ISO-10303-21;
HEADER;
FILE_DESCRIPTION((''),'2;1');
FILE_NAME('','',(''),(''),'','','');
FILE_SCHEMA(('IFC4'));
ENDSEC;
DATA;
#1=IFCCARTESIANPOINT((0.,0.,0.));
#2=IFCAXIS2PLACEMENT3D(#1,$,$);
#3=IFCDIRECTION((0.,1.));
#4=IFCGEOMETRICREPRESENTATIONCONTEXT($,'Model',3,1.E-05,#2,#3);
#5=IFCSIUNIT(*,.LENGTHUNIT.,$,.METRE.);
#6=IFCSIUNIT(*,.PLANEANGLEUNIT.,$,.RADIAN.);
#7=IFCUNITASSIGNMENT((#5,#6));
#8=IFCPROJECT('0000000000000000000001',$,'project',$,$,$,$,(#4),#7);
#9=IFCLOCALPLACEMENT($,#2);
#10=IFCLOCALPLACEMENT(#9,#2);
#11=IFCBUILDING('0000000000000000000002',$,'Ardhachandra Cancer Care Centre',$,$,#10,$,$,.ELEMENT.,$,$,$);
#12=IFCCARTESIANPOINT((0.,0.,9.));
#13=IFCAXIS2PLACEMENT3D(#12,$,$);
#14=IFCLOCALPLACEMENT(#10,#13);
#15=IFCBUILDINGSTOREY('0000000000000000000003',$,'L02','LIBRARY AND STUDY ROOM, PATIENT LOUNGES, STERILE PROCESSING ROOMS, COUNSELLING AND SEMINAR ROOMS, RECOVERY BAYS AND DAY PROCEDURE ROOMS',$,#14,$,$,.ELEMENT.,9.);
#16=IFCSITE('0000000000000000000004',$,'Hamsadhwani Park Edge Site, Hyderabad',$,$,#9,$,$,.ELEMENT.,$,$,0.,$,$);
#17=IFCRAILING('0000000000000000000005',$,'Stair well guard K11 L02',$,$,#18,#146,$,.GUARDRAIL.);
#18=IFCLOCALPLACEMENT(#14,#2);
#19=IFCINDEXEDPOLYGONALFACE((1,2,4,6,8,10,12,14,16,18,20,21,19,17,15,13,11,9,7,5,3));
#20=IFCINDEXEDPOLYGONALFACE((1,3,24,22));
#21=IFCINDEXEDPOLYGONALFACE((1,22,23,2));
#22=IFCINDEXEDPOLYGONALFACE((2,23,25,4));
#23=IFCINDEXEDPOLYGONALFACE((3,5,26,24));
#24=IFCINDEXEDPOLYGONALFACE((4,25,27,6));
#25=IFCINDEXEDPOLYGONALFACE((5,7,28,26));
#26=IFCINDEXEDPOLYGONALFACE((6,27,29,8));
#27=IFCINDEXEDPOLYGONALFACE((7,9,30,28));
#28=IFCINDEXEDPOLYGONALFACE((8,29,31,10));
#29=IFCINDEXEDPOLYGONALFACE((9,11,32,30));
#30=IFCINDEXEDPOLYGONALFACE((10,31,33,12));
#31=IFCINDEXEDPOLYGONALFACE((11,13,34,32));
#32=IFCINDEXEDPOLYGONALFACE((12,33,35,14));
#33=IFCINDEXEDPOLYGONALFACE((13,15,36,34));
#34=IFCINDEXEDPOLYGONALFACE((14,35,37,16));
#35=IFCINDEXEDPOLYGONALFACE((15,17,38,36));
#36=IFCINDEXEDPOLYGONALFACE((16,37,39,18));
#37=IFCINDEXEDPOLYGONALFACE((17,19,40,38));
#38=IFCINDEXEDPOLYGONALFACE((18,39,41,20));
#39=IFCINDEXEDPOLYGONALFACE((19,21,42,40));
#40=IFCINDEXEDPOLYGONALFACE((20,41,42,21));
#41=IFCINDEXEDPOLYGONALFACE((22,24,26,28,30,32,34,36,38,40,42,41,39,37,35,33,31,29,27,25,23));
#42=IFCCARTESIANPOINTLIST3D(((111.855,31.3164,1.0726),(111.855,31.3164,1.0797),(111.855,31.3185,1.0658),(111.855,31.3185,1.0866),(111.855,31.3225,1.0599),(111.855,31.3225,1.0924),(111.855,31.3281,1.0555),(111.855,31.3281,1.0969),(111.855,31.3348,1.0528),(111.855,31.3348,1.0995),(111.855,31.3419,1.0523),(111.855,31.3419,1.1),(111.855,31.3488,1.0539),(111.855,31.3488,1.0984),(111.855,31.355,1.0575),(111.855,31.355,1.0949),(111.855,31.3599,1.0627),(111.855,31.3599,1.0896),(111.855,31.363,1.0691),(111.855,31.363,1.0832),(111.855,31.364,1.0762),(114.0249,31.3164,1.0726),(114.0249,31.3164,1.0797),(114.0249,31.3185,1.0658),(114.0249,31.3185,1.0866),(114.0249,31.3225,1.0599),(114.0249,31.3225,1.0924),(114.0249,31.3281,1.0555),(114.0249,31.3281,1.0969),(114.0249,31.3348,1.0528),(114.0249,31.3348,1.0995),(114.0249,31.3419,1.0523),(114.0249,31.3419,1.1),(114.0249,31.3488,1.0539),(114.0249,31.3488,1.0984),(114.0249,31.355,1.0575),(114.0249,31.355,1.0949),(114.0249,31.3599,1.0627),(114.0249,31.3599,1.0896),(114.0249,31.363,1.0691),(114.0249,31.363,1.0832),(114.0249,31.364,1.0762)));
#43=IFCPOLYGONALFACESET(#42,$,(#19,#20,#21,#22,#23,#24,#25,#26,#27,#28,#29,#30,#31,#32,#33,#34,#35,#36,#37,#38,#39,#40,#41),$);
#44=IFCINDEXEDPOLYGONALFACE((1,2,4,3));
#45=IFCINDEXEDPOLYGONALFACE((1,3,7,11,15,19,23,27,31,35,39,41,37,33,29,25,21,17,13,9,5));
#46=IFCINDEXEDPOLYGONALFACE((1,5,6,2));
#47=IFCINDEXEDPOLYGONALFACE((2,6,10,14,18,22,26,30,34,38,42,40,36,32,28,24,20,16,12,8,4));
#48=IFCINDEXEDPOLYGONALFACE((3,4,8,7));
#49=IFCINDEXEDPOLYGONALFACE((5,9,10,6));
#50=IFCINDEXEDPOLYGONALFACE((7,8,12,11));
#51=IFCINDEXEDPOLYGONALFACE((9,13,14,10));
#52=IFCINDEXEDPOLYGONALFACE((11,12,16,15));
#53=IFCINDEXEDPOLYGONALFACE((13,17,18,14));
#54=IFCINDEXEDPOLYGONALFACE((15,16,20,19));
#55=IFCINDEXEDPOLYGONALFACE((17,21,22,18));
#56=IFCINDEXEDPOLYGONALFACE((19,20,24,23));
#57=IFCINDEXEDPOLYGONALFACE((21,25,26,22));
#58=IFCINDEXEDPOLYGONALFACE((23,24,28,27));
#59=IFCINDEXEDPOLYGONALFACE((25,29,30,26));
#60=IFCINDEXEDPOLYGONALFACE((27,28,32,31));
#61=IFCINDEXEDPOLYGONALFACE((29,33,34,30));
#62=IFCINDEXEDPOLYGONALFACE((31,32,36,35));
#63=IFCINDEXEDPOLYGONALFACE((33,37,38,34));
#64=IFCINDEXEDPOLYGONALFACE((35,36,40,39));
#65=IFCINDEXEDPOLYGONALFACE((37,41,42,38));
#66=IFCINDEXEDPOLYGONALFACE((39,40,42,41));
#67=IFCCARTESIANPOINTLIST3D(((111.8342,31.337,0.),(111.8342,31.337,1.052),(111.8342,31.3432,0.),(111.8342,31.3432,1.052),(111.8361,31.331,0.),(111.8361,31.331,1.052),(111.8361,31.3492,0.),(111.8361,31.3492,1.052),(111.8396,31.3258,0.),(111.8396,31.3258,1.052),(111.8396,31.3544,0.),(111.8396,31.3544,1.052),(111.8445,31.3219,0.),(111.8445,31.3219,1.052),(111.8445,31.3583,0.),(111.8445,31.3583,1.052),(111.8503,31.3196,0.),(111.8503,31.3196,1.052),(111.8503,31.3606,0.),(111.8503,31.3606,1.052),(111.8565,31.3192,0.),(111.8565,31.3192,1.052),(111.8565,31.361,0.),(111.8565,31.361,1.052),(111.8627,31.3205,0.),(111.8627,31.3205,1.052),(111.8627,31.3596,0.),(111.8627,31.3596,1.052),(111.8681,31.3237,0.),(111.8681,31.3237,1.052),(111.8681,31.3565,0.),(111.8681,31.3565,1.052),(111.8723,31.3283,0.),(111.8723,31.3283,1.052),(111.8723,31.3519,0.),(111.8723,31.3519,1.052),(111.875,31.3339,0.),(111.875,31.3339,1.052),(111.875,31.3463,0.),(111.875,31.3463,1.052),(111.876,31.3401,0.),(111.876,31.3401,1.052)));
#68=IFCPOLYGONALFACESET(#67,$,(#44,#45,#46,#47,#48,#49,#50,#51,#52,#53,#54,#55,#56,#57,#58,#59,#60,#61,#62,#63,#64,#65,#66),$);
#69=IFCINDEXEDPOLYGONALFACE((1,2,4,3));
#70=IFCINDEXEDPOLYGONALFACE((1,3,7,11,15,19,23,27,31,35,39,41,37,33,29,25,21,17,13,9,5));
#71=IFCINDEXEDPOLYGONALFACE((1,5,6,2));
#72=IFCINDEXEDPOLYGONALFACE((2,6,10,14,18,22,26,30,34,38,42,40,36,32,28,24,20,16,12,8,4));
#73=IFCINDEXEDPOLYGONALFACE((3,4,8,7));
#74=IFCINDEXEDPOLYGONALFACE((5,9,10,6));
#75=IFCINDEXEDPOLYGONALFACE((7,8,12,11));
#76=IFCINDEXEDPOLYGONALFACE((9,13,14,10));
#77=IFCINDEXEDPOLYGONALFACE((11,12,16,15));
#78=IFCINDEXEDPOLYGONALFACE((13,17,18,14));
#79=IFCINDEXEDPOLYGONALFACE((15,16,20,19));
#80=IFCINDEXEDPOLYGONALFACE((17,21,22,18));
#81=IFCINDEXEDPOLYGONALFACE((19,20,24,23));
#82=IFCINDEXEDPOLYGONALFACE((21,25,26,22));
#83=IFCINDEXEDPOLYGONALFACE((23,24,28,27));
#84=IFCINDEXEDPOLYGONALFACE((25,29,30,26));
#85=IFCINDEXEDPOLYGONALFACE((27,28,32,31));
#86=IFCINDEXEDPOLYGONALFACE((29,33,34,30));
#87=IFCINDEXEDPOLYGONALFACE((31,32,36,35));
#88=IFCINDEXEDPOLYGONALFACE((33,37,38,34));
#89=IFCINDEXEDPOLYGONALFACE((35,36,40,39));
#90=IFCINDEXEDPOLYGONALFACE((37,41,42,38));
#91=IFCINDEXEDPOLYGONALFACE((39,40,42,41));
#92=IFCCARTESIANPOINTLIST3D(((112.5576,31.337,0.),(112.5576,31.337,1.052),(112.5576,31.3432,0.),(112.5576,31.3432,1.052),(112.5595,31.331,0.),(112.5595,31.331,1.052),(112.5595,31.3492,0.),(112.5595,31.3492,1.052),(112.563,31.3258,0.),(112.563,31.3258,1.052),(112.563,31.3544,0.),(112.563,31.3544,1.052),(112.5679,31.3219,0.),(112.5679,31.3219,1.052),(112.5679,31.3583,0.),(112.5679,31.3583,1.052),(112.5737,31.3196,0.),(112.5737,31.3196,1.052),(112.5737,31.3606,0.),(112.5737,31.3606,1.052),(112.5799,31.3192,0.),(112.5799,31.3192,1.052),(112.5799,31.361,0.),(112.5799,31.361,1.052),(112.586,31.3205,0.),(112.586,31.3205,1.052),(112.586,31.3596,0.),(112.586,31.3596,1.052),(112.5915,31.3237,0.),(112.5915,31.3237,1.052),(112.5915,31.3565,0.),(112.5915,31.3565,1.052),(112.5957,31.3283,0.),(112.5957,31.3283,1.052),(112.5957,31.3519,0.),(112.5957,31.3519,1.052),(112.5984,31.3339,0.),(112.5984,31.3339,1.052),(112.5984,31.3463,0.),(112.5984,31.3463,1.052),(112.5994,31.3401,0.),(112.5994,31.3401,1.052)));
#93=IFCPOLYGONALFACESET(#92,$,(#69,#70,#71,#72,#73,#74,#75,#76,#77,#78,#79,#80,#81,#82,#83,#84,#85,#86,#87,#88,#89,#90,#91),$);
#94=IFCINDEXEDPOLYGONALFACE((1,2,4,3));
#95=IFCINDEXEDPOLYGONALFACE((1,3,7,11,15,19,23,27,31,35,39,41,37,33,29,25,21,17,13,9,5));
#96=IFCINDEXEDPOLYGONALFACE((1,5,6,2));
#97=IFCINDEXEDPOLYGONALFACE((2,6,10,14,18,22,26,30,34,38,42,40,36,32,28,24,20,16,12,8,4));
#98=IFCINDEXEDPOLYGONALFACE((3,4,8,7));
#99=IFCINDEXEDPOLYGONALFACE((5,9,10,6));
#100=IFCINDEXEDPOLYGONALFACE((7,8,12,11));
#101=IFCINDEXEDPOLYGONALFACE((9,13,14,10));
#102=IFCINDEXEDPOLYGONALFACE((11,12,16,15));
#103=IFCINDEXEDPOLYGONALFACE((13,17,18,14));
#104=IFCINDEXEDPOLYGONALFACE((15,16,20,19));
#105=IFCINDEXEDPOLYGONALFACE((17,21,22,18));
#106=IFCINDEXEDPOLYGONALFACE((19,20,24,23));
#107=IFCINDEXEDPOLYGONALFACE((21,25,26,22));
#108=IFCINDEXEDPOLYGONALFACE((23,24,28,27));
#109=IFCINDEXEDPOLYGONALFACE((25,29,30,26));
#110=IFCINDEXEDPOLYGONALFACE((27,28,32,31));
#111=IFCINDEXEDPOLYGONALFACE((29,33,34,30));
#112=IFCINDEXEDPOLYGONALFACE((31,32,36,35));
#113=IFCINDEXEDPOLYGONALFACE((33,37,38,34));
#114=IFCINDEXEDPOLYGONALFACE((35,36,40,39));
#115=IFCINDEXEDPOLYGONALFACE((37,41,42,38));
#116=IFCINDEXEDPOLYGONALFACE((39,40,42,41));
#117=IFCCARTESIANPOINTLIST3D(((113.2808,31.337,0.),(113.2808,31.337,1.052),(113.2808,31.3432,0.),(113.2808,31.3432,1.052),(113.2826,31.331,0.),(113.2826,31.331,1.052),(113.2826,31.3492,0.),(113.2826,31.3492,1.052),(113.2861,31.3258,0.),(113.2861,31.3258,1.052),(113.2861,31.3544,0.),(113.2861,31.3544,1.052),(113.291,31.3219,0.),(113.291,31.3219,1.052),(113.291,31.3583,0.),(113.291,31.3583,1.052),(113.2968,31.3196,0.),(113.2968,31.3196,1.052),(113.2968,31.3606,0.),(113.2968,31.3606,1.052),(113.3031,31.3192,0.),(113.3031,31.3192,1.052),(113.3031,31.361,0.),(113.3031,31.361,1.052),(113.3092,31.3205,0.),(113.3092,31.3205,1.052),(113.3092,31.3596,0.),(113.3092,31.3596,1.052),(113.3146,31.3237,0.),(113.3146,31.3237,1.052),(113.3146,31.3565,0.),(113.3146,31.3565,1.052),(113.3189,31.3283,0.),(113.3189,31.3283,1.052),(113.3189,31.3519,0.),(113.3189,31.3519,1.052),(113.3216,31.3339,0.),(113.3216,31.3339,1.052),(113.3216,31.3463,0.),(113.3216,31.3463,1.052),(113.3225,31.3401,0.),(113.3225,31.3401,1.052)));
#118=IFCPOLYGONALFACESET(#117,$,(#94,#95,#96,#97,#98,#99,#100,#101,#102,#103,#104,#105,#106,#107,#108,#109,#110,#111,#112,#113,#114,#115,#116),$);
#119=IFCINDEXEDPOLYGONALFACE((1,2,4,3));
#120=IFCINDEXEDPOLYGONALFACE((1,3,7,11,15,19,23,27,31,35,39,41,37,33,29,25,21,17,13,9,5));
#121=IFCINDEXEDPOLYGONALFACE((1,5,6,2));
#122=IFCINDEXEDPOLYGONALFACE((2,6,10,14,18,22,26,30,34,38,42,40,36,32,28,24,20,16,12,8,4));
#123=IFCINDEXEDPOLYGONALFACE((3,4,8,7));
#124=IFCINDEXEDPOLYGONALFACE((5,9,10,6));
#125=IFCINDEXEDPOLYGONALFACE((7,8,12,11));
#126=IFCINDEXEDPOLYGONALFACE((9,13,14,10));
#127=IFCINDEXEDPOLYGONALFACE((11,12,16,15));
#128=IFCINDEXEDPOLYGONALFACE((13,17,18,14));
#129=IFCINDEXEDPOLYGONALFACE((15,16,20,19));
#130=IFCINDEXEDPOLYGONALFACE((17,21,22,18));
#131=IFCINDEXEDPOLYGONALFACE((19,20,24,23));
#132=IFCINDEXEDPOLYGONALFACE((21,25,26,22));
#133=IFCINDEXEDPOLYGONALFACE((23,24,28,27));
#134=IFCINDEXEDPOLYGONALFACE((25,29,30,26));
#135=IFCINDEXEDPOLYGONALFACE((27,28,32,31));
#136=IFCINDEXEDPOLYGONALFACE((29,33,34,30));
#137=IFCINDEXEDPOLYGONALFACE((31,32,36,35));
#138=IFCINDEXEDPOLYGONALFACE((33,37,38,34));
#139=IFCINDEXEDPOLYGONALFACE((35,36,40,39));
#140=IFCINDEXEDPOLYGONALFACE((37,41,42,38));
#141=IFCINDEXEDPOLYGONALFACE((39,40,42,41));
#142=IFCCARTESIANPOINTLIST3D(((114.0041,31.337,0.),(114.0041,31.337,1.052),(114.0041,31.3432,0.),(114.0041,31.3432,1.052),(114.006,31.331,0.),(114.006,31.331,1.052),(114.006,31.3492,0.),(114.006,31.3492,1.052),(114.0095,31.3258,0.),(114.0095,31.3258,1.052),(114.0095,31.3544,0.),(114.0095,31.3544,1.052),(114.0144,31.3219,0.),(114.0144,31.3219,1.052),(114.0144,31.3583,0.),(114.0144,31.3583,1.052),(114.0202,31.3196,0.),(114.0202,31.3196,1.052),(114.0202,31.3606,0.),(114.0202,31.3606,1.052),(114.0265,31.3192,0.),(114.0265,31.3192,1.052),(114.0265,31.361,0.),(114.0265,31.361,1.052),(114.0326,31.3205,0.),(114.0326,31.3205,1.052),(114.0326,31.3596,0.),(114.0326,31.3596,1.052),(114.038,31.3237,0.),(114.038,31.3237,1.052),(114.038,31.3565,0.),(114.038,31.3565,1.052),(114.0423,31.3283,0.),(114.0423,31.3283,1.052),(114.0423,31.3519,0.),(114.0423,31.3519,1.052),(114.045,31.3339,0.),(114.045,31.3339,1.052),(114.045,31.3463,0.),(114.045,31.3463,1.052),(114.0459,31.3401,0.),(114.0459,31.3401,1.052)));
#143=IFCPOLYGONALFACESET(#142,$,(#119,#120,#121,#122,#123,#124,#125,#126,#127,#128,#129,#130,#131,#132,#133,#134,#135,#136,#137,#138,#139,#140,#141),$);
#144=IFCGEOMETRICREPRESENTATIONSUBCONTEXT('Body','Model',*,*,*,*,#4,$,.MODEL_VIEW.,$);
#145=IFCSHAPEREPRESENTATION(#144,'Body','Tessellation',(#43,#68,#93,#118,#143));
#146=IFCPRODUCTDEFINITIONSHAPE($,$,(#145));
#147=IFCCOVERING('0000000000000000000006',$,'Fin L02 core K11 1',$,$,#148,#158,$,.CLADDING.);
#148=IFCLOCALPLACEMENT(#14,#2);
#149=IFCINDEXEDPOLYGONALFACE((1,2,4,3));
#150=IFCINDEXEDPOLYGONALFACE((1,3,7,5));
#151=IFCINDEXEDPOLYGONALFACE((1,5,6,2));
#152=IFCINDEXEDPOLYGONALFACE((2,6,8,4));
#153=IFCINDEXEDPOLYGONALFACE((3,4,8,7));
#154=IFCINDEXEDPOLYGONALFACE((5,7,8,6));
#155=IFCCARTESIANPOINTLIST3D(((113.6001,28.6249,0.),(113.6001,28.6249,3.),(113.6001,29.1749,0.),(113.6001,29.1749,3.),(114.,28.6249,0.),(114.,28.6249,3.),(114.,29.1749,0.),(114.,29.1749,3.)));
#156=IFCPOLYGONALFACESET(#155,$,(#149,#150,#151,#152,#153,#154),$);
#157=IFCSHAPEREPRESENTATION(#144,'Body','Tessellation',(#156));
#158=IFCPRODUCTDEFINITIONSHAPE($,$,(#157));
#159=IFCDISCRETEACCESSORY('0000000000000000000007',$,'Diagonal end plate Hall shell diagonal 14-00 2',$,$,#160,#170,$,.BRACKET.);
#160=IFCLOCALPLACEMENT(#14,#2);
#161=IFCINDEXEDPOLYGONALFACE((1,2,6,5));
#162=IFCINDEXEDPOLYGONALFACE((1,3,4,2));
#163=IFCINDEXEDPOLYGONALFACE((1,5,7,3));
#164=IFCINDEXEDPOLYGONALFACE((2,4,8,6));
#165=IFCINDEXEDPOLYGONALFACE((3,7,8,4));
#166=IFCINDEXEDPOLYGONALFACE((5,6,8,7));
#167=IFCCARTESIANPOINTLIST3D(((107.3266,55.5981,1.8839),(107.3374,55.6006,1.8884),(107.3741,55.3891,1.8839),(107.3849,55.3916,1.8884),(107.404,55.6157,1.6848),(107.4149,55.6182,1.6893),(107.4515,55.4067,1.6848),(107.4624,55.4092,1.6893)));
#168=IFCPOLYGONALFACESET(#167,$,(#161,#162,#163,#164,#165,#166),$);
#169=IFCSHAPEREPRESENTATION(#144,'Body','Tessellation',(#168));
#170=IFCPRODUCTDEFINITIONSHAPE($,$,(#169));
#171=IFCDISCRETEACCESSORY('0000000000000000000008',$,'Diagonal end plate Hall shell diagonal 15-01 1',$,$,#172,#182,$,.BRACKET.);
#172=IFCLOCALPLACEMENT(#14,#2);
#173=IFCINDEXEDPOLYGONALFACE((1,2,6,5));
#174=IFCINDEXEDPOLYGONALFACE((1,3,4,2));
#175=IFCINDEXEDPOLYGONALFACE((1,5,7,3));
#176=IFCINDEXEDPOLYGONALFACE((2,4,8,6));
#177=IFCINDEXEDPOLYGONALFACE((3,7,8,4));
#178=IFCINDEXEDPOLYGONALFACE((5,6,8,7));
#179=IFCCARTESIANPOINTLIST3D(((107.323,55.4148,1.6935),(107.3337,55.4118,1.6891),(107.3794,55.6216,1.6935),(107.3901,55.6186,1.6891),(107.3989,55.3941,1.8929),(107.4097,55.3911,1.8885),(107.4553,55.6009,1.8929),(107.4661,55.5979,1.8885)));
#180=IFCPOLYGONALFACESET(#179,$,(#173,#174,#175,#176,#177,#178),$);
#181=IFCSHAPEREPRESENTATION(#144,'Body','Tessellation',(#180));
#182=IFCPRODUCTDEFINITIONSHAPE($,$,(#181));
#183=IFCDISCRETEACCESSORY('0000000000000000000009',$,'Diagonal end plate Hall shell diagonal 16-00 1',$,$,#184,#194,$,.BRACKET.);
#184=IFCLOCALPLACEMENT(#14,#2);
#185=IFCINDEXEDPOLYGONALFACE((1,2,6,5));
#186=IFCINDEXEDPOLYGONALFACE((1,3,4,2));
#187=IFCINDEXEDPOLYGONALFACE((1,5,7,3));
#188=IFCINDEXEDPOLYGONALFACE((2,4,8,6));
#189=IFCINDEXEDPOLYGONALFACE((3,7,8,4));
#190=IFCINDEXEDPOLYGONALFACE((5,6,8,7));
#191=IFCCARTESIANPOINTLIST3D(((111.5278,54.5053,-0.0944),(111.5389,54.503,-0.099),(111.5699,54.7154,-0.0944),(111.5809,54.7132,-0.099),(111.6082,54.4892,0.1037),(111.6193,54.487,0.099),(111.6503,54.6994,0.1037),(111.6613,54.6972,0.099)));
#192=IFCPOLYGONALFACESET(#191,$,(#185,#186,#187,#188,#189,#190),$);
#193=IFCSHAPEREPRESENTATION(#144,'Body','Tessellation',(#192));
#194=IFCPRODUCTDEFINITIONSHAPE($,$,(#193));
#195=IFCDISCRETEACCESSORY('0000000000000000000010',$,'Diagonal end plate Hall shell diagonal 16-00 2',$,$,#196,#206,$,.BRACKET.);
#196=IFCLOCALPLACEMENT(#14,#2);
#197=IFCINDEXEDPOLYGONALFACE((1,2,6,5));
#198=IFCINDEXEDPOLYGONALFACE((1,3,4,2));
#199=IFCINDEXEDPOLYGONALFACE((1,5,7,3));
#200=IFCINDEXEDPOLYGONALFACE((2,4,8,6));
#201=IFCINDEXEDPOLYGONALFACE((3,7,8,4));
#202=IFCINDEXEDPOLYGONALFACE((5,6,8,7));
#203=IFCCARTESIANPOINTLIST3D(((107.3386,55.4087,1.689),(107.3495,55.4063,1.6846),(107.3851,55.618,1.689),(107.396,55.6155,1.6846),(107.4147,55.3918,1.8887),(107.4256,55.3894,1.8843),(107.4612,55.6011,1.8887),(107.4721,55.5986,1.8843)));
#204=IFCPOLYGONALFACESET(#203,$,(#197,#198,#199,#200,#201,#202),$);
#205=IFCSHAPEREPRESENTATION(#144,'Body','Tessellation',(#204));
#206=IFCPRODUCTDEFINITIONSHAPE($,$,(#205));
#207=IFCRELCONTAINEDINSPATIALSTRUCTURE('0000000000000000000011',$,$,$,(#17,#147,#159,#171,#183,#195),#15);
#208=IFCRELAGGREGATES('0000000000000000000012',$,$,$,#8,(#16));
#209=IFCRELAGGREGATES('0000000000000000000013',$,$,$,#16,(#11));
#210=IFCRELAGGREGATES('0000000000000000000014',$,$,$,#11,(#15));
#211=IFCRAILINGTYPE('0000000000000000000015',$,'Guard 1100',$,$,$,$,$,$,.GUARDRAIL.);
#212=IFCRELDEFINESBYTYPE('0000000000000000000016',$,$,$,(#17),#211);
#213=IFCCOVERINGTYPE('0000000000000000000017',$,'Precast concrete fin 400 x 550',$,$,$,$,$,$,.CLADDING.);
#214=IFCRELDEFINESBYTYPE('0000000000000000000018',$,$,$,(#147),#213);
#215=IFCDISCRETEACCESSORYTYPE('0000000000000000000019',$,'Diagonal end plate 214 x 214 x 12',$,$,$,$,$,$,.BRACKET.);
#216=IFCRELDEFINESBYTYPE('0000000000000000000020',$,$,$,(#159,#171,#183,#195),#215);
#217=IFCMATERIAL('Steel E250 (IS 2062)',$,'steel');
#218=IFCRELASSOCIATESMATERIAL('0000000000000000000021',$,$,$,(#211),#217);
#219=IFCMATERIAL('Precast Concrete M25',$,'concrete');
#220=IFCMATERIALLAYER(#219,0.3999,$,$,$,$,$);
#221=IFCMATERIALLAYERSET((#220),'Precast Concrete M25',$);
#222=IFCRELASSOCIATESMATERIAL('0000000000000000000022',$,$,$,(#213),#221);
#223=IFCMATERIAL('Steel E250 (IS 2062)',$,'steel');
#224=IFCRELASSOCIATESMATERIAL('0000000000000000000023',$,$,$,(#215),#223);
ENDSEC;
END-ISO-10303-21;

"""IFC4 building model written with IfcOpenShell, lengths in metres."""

from ifc_helpers import new_model, si_unit, direction, frame, origin, origin_2d, place, context, subcontext, project, spatial, rectangle, circle, extrude, material, layer, layer_set, material_profile, profile_set, type_object, element, save


model = new_model("IFC4")

# Units and contexts
model_context = context("Model", 3, precision=1e-05, world=origin(), true_north=direction((0.0, 1.0)))
body_context = subcontext(model_context, "Body", "Model", "MODEL_VIEW")
ifc_project = project(units=[si_unit("LENGTHUNIT", "METRE"), si_unit("PLANEANGLEUNIT", "RADIAN")], contexts=[model_context])

# Site, building, storey
site_placement = place(None, origin())
site = spatial("IfcSite", under=ifc_project, at=site_placement, Name="Hamsadhwani Park Edge Site, Hyderabad", CompositionType="ELEMENT", RefElevation=0.0)
building_placement = place(site_placement, origin())
building = spatial("IfcBuilding", under=site, at=building_placement, Name="Ardhachandra Cancer Care Centre", CompositionType="ELEMENT")
storey_placement = place(building_placement, frame((0.0, 0.0, 9.0)))
storey = spatial("IfcBuildingStorey", under=building, at=storey_placement, Name="L02", Description="LIBRARY AND STUDY ROOM, PATIENT LOUNGES, STERILE PROCESSING ROOMS, COUNSELLING AND SEMINAR ROOMS, RECOVERY BAYS AND DAY PROCEDURE ROOMS", CompositionType="ELEMENT", Elevation=9.0)

# Railing
ifc_material_1 = material(Name="Steel E250 (IS 2062)", Category="steel")
railing_type = type_object("IfcRailingType", Name="Guard 1100", PredefinedType="GUARDRAIL", material=ifc_material_1)
railing_placement = place(storey_placement, frame((111.855, 31.3401, 0.0)))
element("IfcRailing", 1, at=railing_placement, inside=storey, type_object=railing_type, Name="Stair well guard K11 L02", PredefinedType="GUARDRAIL", context=body_context, shape_type="SweptSolid", body=[
    extrude(circle(Radius=0.0239, at=origin_2d()), frame((0.0, 0.0, 1.0762), z_axis=(1.0, 0.0, 0.0), x_axis=(0.0, 1.0, 0.0)), (0.0, 0.0, 1.0), 2.1699),
    extrude(circle(Radius=0.021, at=origin_2d()), origin(), (0.0, 0.0, 1.0), 1.052),
    extrude(circle(Radius=0.021, at=origin_2d()), frame((0.7234, 0.0, 0.0)), (0.0, 0.0, 1.0), 1.052),
    extrude(circle(Radius=0.021, at=origin_2d()), frame((1.4465, 0.0, 0.0)), (0.0, 0.0, 1.0), 1.052),
    extrude(circle(Radius=0.021, at=origin_2d()), frame((2.1699, 0.0, 0.0)), (0.0, 0.0, 1.0), 1.052),
])

# Covering
ifc_material_2 = material(Name="Precast Concrete M25", Category="concrete")
ifc_layer_1 = layer(ifc_material_2, 0.3999)
ifc_layer_set_1 = layer_set([ifc_layer_1], Name="Precast Concrete M25")
covering_type = type_object("IfcCoveringType", Name="Precast concrete fin 400 x 550", PredefinedType="CLADDING", material=ifc_layer_set_1)
covering_placement = place(storey_placement, frame((113.8, 28.8999, 0.0), z_axis=(0.0, 0.0, 1.0), x_axis=(1.0, 0.0, 0.0)))
element("IfcCovering", 2, at=covering_placement, inside=storey, type_object=covering_type, Name="Fin L02 core K11 1", PredefinedType="CLADDING", context=body_context, shape_type="SweptSolid", body=[
    extrude(rectangle(XDim=0.3999, YDim=0.55, at=origin_2d()), origin(), (0.0, 0.0, 1.0), 3.0),
])

# Discrete accessories
ifc_material_3 = material(Name="Steel E250 (IS 2062)", Category="steel")
ifc_material_profile_1 = material_profile(ifc_material_3, rectangle(XDim=0.2144, YDim=0.2144, at=origin_2d()), Name="PL 214x214x12")
ifc_profile_set_1 = profile_set([ifc_material_profile_1], Name="Steel E250 (IS 2062)")
discrete_accessory_type = type_object("IfcDiscreteAccessoryType", Name="Diagonal end plate 214 x 214 x 12", PredefinedType="BRACKET", material=ifc_profile_set_1)
for number, where, z_axis, x_axis, name in (
    (3, (107.3999, 55.5049, 1.7888), (-0.905726, -0.205847, -0.370524), (0.221621, -0.975133, 0.0), "Diagonal end plate Hall shell diagonal 14-00 2"),
    (4, (107.3999, 55.5049, 1.7888), (-0.897399, 0.244745, 0.367118), (-0.263117, -0.964764, 0.0), "Diagonal end plate Hall shell diagonal 15-01 1"),
):
    element("IfcDiscreteAccessory", number, at=place(storey_placement, frame(where, z_axis=z_axis, x_axis=x_axis)), inside=storey, type_object=discrete_accessory_type, Name=name, PredefinedType="BRACKET", context=body_context, shape_type="SweptSolid", body=[
        extrude(rectangle(XDim=0.2144, YDim=0.2144, at=origin_2d()), origin(), (0.0, 0.0, 1.0), 0.012),
    ])
discrete_accessory_1_placement = place(storey_placement, frame((111.6001, 54.6001, 0.0), z_axis=(-0.905999, 0.1812, 0.382533), x_axis=(-0.196116, -0.980581, 0.0)))
element("IfcDiscreteAccessory", 5, at=discrete_accessory_1_placement, inside=storey, type_object=discrete_accessory_type, Name="Diagonal end plate Hall shell diagonal 16-00 1", PredefinedType="BRACKET", context=body_context, shape_type="SweptSolid", body=[
    extrude(rectangle(XDim=0.2144, YDim=0.2144, at=origin_2d()), origin(), (0.0, 0.0, 1.0), 0.0122),
])
discrete_accessory_2_placement = place(storey_placement, frame((107.3999, 55.5049, 1.7888), z_axis=(0.909323, -0.202072, -0.363729), x_axis=(0.21693, 0.976187, 0.0)))
element("IfcDiscreteAccessory", 6, at=discrete_accessory_2_placement, inside=storey, type_object=discrete_accessory_type, Name="Diagonal end plate Hall shell diagonal 16-00 2", PredefinedType="BRACKET", context=body_context, shape_type="SweptSolid", body=[
    extrude(rectangle(XDim=0.2144, YDim=0.2144, at=origin_2d()), origin(), (0.0, 0.0, 1.0), 0.012),
])

save(model, "model.ifc")
